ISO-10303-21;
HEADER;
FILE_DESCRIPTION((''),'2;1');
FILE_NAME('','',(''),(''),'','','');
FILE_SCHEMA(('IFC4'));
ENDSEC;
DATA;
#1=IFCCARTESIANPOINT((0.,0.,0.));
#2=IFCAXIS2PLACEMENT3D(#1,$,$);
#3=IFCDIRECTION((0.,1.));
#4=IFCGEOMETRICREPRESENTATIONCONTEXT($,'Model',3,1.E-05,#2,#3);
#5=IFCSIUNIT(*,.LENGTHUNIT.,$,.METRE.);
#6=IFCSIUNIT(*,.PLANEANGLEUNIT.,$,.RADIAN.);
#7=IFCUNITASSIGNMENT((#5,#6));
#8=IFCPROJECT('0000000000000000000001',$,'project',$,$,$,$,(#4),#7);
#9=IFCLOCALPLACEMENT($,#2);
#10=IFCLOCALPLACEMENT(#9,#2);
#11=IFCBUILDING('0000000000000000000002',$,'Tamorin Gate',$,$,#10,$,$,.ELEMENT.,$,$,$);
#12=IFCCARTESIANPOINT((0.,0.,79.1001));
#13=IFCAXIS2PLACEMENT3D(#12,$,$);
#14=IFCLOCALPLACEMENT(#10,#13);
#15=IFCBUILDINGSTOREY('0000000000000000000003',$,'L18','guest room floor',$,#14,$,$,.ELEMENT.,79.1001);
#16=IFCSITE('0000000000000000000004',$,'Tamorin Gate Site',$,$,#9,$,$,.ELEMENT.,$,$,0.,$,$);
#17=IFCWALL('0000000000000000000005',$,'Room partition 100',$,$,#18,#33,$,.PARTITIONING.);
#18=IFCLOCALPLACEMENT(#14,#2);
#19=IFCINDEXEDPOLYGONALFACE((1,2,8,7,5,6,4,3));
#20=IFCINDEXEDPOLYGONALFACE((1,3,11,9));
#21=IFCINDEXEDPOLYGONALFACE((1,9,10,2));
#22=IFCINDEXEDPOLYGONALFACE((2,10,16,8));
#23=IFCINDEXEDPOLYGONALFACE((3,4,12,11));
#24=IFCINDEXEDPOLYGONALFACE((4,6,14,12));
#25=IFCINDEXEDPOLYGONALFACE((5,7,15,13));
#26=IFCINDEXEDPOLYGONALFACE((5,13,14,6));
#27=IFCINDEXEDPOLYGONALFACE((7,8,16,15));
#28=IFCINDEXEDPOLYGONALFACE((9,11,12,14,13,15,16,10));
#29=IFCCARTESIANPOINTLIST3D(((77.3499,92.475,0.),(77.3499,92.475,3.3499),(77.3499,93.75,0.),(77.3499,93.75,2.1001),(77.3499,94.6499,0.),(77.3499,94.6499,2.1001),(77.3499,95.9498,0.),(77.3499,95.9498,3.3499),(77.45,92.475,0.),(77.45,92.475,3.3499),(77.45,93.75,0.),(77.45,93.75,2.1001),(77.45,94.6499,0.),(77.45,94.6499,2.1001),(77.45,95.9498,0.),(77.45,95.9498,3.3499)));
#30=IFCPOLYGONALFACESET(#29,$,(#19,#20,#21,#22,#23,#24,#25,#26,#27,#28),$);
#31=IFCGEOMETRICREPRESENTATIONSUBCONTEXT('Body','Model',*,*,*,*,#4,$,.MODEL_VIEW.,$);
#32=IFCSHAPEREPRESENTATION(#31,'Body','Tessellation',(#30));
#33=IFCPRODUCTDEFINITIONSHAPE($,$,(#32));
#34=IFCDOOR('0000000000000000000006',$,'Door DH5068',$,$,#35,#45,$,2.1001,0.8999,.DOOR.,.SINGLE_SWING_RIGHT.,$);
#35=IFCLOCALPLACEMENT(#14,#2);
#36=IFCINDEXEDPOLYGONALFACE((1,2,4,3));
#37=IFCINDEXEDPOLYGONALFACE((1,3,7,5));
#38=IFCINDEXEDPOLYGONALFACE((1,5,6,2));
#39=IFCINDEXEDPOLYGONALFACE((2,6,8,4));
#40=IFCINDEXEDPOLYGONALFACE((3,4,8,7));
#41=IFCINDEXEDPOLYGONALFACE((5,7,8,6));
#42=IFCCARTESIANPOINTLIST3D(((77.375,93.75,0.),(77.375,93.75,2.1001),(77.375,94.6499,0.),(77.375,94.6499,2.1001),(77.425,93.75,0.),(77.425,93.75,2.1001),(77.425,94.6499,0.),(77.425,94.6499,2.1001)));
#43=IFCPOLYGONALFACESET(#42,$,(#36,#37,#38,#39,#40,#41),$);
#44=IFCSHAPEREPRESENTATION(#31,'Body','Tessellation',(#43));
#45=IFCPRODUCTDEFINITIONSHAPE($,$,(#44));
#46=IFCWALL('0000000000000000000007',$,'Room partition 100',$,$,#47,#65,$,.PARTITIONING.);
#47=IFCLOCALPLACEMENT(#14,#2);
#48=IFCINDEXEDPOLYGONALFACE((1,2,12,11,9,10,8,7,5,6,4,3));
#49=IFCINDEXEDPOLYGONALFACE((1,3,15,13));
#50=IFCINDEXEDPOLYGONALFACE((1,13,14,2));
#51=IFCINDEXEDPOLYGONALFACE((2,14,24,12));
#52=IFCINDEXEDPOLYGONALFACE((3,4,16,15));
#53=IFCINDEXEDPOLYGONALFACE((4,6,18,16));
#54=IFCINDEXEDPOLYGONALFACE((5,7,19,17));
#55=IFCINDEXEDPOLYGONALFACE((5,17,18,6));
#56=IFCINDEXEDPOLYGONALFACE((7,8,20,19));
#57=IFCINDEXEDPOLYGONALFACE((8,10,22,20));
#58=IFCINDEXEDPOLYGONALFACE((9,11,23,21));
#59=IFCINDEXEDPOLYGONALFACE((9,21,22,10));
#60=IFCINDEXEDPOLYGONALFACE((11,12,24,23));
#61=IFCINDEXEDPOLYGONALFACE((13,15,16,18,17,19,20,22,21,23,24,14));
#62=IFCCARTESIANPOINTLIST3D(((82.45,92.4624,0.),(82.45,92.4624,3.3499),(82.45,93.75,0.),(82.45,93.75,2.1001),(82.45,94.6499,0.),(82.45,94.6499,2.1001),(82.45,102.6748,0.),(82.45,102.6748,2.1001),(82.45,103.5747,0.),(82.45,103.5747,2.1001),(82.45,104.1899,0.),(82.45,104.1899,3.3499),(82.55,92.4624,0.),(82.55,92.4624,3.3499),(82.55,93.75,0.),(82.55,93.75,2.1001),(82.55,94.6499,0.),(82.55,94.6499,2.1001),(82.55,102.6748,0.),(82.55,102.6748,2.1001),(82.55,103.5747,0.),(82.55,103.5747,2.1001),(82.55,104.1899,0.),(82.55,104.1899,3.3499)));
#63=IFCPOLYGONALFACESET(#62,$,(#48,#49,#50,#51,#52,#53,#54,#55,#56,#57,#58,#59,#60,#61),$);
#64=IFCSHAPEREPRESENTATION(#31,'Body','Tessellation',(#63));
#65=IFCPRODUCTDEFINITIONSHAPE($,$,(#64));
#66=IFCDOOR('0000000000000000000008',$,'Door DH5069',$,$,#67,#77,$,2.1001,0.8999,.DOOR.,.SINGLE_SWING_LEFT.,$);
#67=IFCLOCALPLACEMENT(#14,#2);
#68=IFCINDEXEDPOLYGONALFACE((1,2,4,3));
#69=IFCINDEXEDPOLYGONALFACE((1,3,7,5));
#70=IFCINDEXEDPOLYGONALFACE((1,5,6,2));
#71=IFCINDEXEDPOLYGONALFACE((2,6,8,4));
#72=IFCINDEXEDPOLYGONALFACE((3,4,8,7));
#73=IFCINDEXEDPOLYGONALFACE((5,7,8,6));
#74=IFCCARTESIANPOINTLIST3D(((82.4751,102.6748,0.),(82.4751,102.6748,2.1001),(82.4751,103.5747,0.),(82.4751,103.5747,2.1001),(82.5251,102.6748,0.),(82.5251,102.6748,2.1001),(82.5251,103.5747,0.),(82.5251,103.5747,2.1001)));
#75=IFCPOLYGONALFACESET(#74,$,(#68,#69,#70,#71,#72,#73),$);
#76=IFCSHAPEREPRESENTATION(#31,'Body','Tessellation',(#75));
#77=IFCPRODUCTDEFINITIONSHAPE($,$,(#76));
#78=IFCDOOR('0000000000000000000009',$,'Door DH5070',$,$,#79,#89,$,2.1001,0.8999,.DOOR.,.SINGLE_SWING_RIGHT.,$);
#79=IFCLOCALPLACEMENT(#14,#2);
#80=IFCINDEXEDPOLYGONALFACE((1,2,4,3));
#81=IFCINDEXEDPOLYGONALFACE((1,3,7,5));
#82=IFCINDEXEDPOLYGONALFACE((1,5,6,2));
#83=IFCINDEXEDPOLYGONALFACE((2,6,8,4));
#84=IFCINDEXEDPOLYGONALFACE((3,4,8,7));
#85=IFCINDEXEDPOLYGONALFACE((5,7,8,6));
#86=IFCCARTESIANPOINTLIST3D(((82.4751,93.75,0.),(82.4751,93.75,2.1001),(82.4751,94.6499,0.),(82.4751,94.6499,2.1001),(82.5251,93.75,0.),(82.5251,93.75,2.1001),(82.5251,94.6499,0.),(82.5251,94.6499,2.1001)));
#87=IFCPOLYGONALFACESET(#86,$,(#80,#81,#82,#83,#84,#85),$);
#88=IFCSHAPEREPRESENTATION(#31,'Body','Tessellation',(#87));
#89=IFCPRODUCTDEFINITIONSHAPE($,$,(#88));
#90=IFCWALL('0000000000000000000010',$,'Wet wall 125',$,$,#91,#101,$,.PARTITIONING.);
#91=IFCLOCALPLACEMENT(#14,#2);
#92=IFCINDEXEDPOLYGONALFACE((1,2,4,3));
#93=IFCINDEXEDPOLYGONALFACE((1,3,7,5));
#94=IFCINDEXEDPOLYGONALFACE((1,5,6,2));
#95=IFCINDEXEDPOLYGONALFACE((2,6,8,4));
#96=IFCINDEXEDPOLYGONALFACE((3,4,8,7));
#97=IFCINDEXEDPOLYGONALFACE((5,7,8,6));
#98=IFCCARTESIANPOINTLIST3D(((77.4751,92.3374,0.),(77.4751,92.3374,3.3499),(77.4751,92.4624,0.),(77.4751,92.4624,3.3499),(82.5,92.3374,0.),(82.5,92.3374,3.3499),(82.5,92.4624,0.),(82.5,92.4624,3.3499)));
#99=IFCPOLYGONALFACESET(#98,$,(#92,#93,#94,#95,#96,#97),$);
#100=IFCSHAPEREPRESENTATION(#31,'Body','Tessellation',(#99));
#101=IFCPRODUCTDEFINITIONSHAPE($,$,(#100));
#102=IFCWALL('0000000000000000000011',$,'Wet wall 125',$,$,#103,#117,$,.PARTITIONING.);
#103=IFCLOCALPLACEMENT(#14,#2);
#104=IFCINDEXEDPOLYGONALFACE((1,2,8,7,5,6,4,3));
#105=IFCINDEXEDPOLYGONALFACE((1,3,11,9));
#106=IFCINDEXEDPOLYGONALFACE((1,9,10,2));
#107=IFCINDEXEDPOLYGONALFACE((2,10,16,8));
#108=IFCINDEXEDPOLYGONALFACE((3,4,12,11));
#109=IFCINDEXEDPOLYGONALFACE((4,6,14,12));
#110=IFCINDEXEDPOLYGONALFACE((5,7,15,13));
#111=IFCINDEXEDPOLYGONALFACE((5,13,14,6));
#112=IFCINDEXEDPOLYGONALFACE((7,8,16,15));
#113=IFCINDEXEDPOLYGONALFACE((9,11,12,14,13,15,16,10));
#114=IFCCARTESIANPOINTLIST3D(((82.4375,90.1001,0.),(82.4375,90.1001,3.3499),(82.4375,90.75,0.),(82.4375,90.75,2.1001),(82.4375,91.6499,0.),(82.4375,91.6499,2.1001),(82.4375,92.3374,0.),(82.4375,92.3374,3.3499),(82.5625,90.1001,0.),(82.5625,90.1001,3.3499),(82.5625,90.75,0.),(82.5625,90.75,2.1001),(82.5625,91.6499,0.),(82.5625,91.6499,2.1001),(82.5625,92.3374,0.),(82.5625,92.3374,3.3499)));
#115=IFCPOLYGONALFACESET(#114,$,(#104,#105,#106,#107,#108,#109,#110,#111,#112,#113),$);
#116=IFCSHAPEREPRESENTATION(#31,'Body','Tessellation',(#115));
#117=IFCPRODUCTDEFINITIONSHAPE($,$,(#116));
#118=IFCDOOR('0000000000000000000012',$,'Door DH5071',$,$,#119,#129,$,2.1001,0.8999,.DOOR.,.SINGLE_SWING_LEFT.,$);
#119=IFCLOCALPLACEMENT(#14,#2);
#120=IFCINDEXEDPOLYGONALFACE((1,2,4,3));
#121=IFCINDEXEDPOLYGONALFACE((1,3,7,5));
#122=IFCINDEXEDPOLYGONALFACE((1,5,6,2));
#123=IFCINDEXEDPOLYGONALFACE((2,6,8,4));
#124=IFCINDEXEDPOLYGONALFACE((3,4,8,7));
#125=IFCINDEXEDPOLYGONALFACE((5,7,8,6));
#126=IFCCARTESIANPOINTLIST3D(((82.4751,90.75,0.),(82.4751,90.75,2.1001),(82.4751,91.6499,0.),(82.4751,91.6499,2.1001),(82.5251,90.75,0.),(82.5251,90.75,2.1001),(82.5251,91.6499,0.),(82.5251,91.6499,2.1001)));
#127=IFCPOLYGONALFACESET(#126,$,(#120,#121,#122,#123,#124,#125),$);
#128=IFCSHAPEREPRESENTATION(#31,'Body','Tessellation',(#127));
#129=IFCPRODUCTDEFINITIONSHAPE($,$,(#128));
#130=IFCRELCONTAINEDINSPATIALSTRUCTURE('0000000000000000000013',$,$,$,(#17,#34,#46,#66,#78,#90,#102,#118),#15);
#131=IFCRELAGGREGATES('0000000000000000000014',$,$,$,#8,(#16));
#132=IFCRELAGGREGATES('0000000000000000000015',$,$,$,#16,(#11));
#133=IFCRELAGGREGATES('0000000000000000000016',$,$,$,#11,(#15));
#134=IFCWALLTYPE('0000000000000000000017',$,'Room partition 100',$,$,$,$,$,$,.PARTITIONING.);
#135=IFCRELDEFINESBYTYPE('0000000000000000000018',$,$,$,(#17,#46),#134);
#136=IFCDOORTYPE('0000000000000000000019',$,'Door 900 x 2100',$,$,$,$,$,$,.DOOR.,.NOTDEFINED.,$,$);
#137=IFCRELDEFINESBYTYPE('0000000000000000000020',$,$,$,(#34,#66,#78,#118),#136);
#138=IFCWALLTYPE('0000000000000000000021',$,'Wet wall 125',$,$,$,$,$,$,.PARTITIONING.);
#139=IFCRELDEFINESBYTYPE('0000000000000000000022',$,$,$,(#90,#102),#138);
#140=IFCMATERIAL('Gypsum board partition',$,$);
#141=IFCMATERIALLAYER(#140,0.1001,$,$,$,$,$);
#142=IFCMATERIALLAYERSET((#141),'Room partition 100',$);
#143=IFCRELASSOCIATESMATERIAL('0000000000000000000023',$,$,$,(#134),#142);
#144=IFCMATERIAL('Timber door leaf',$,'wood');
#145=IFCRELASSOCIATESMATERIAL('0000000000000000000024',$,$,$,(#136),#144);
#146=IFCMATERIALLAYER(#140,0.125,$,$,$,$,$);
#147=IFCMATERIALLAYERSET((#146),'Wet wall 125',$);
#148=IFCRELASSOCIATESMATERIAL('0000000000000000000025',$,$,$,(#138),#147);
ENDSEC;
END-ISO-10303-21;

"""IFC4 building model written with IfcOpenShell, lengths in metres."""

from ifc_helpers import new_model, si_unit, direction, frame, frame_2d, origin, place, context, subcontext, project, spatial, rectangle, extrude, material, layer, layer_set, type_object, element, fill, save


model = new_model("IFC4")

# Units and contexts
model_context = context("Model", 3, precision=1e-05, world=origin(), true_north=direction((0.0, 1.0)))
body_context = subcontext(model_context, "Body", "Model", "MODEL_VIEW")
ifc_project = project(units=[si_unit("LENGTHUNIT", "METRE"), si_unit("PLANEANGLEUNIT", "RADIAN")], contexts=[model_context])

# Site, building, storey
site_placement = place(None, origin())
site = spatial("IfcSite", under=ifc_project, at=site_placement, Name="Tamorin Gate Site", CompositionType="ELEMENT", RefElevation=0.0)
building_placement = place(site_placement, origin())
building = spatial("IfcBuilding", under=site, at=building_placement, Name="Tamorin Gate", CompositionType="ELEMENT")
storey_placement = place(building_placement, frame((0.0, 0.0, 79.1001)))
storey = spatial("IfcBuildingStorey", under=building, at=storey_placement, Name="L18", Description="guest room floor", CompositionType="ELEMENT", Elevation=79.1001)

# Shared definitions
ifc_material_1 = material(Name="Gypsum board partition")

# Wall, opening, door
ifc_layer_1 = layer(ifc_material_1, 0.1001)
ifc_layer_set_1 = layer_set([ifc_layer_1], Name="Room partition 100")
wall_type_1 = type_object("IfcWallType", Name="Room partition 100", PredefinedType="PARTITIONING", material=ifc_layer_set_1)
ifc_material_2 = material(Name="Timber door leaf", Category="wood")
door_type = type_object("IfcDoorType", Name="Door 900 x 2100", OperationType="NOTDEFINED", PredefinedType="DOOR", material=ifc_material_2)
wall_1_placement = place(storey_placement, frame((77.3999, 92.4751, 0.0), z_axis=(0.0, 0.0, 1.0), x_axis=(0.0, 1.0, 0.0)))
wall_1 = element("IfcWall", 1, at=wall_1_placement, inside=storey, type_object=wall_type_1, Name="Room partition 100", PredefinedType="PARTITIONING", context=body_context, shape_type="SweptSolid", body=[
    extrude(rectangle(XDim=3.4749, YDim=0.1001, at=frame_2d((1.7373, 0.0))), origin(), (0.0, 0.0, 1.0), 3.3499),
])
opening_1_placement = place(wall_1_placement, frame((1.2749, 0.0, 0.0)))
opening_1 = element("IfcOpeningElement", 2, at=opening_1_placement, cuts=wall_1, PredefinedType="OPENING", context=body_context, shape_type="SweptSolid", body=[
    extrude(rectangle(XDim=0.8999, YDim=2.1001, at=frame_2d((0.45, 1.05))), frame((0.0, 0.0601, 0.0), z_axis=(0.0, -1.0, 0.0), x_axis=(1.0, 0.0, 0.0)), (0.0, 0.0, 1.0), 0.1201),
])
door_1_placement = place(opening_1_placement, origin())
door_1 = element("IfcDoor", 3, at=door_1_placement, inside=storey, type_object=door_type, Name="Door DH5068", OperationType="SINGLE_SWING_RIGHT", OverallHeight=2.1001, OverallWidth=0.8999, PredefinedType="DOOR", context=body_context, shape_type="SweptSolid", body=[
    extrude(rectangle(XDim=0.8999, YDim=2.1001, at=frame_2d((0.45, 1.05))), frame((0.0, 0.0249, 0.0), z_axis=(0.0, -1.0, 0.0), x_axis=(1.0, 0.0, 0.0)), (0.0, 0.0, 1.0), 0.05),
])
fill(opening_1, door_1)

# Wall, openings, doors
wall_2_placement = place(storey_placement, frame((82.5, 92.4624, 0.0), z_axis=(0.0, 0.0, 1.0), x_axis=(0.0, 1.0, 0.0)))
wall_2 = element("IfcWall", 4, at=wall_2_placement, inside=storey, type_object=wall_type_1, Name="Room partition 100", PredefinedType="PARTITIONING", context=body_context, shape_type="SweptSolid", body=[
    extrude(rectangle(XDim=11.7275, YDim=0.1001, at=frame_2d((5.8638, 0.0))), origin(), (0.0, 0.0, 1.0), 3.3499),
])
opening_2_placement = place(wall_2_placement, frame((10.2124, 0.0, 0.0)))
opening_2 = element("IfcOpeningElement", 5, at=opening_2_placement, cuts=wall_2, PredefinedType="OPENING", context=body_context, shape_type="SweptSolid", body=[
    extrude(rectangle(XDim=0.8999, YDim=2.1001, at=frame_2d((0.45, 1.05))), frame((0.0, 0.0601, 0.0), z_axis=(0.0, -1.0, 0.0), x_axis=(1.0, 0.0, 0.0)), (0.0, 0.0, 1.0), 0.1201),
])
opening_3_placement = place(wall_2_placement, frame((1.2876, 0.0, 0.0)))
opening_3 = element("IfcOpeningElement", 6, at=opening_3_placement, cuts=wall_2, PredefinedType="OPENING", context=body_context, shape_type="SweptSolid", body=[
    extrude(rectangle(XDim=0.8999, YDim=2.1001, at=frame_2d((0.45, 1.05))), frame((0.0, 0.0601, 0.0), z_axis=(0.0, -1.0, 0.0), x_axis=(1.0, 0.0, 0.0)), (0.0, 0.0, 1.0), 0.1201),
])
door_2_placement = place(opening_2_placement, origin())
door_2 = element("IfcDoor", 7, at=door_2_placement, inside=storey, type_object=door_type, Name="Door DH5069", OperationType="SINGLE_SWING_LEFT", OverallHeight=2.1001, OverallWidth=0.8999, PredefinedType="DOOR", context=body_context, shape_type="SweptSolid", body=[
    extrude(rectangle(XDim=0.8999, YDim=2.1001, at=frame_2d((0.45, 1.05))), frame((0.0, 0.0249, 0.0), z_axis=(0.0, -1.0, 0.0), x_axis=(1.0, 0.0, 0.0)), (0.0, 0.0, 1.0), 0.05),
])
fill(opening_2, door_2)
door_3_placement = place(opening_3_placement, origin())
door_3 = element("IfcDoor", 8, at=door_3_placement, inside=storey, type_object=door_type, Name="Door DH5070", OperationType="SINGLE_SWING_RIGHT", OverallHeight=2.1001, OverallWidth=0.8999, PredefinedType="DOOR", context=body_context, shape_type="SweptSolid", body=[
    extrude(rectangle(XDim=0.8999, YDim=2.1001, at=frame_2d((0.45, 1.05))), frame((0.0, 0.0249, 0.0), z_axis=(0.0, -1.0, 0.0), x_axis=(1.0, 0.0, 0.0)), (0.0, 0.0, 1.0), 0.05),
])
fill(opening_3, door_3)

# Wall
ifc_layer_2 = layer(ifc_material_1, 0.125)
ifc_layer_set_2 = layer_set([ifc_layer_2], Name="Wet wall 125")
wall_type_2 = type_object("IfcWallType", Name="Wet wall 125", PredefinedType="PARTITIONING", material=ifc_layer_set_2)
wall_3_placement = place(storey_placement, frame((77.4751, 92.3999, 0.0), z_axis=(0.0, 0.0, 1.0), x_axis=(1.0, 0.0, 0.0)))
element("IfcWall", 9, at=wall_3_placement, inside=storey, type_object=wall_type_2, Name="Wet wall 125", PredefinedType="PARTITIONING", context=body_context, shape_type="SweptSolid", body=[
    extrude(rectangle(XDim=5.0249, YDim=0.125, at=frame_2d((2.5125, 0.0))), origin(), (0.0, 0.0, 1.0), 3.3499),
])

# Wall, opening, door
wall_4_placement = place(storey_placement, frame((82.5, 90.1001, 0.0), z_axis=(0.0, 0.0, 1.0), x_axis=(0.0, 1.0, 0.0)))
wall_4 = element("IfcWall", 10, at=wall_4_placement, inside=storey, type_object=wall_type_2, Name="Wet wall 125", PredefinedType="PARTITIONING", context=body_context, shape_type="SweptSolid", body=[
    extrude(rectangle(XDim=2.2373, YDim=0.125, at=frame_2d((1.1187, 0.0))), origin(), (0.0, 0.0, 1.0), 3.3499),
])
opening_4_placement = place(wall_4_placement, frame((0.6499, 0.0, 0.0)))
opening_4 = element("IfcOpeningElement", 11, at=opening_4_placement, cuts=wall_4, PredefinedType="OPENING", context=body_context, shape_type="SweptSolid", body=[
    extrude(rectangle(XDim=0.8999, YDim=2.1001, at=frame_2d((0.45, 1.05))), frame((0.0, 0.0725, 0.0), z_axis=(0.0, -1.0, 0.0), x_axis=(1.0, 0.0, 0.0)), (0.0, 0.0, 1.0), 0.145),
])
door_4_placement = place(opening_4_placement, origin())
door_4 = element("IfcDoor", 12, at=door_4_placement, inside=storey, type_object=door_type, Name="Door DH5071", OperationType="SINGLE_SWING_LEFT", OverallHeight=2.1001, OverallWidth=0.8999, PredefinedType="DOOR", context=body_context, shape_type="SweptSolid", body=[
    extrude(rectangle(XDim=0.8999, YDim=2.1001, at=frame_2d((0.45, 1.05))), frame((0.0, 0.0249, 0.0), z_axis=(0.0, -1.0, 0.0), x_axis=(1.0, 0.0, 0.0)), (0.0, 0.0, 1.0), 0.05),
])
fill(opening_4, door_4)

save(model, "model.ifc")
